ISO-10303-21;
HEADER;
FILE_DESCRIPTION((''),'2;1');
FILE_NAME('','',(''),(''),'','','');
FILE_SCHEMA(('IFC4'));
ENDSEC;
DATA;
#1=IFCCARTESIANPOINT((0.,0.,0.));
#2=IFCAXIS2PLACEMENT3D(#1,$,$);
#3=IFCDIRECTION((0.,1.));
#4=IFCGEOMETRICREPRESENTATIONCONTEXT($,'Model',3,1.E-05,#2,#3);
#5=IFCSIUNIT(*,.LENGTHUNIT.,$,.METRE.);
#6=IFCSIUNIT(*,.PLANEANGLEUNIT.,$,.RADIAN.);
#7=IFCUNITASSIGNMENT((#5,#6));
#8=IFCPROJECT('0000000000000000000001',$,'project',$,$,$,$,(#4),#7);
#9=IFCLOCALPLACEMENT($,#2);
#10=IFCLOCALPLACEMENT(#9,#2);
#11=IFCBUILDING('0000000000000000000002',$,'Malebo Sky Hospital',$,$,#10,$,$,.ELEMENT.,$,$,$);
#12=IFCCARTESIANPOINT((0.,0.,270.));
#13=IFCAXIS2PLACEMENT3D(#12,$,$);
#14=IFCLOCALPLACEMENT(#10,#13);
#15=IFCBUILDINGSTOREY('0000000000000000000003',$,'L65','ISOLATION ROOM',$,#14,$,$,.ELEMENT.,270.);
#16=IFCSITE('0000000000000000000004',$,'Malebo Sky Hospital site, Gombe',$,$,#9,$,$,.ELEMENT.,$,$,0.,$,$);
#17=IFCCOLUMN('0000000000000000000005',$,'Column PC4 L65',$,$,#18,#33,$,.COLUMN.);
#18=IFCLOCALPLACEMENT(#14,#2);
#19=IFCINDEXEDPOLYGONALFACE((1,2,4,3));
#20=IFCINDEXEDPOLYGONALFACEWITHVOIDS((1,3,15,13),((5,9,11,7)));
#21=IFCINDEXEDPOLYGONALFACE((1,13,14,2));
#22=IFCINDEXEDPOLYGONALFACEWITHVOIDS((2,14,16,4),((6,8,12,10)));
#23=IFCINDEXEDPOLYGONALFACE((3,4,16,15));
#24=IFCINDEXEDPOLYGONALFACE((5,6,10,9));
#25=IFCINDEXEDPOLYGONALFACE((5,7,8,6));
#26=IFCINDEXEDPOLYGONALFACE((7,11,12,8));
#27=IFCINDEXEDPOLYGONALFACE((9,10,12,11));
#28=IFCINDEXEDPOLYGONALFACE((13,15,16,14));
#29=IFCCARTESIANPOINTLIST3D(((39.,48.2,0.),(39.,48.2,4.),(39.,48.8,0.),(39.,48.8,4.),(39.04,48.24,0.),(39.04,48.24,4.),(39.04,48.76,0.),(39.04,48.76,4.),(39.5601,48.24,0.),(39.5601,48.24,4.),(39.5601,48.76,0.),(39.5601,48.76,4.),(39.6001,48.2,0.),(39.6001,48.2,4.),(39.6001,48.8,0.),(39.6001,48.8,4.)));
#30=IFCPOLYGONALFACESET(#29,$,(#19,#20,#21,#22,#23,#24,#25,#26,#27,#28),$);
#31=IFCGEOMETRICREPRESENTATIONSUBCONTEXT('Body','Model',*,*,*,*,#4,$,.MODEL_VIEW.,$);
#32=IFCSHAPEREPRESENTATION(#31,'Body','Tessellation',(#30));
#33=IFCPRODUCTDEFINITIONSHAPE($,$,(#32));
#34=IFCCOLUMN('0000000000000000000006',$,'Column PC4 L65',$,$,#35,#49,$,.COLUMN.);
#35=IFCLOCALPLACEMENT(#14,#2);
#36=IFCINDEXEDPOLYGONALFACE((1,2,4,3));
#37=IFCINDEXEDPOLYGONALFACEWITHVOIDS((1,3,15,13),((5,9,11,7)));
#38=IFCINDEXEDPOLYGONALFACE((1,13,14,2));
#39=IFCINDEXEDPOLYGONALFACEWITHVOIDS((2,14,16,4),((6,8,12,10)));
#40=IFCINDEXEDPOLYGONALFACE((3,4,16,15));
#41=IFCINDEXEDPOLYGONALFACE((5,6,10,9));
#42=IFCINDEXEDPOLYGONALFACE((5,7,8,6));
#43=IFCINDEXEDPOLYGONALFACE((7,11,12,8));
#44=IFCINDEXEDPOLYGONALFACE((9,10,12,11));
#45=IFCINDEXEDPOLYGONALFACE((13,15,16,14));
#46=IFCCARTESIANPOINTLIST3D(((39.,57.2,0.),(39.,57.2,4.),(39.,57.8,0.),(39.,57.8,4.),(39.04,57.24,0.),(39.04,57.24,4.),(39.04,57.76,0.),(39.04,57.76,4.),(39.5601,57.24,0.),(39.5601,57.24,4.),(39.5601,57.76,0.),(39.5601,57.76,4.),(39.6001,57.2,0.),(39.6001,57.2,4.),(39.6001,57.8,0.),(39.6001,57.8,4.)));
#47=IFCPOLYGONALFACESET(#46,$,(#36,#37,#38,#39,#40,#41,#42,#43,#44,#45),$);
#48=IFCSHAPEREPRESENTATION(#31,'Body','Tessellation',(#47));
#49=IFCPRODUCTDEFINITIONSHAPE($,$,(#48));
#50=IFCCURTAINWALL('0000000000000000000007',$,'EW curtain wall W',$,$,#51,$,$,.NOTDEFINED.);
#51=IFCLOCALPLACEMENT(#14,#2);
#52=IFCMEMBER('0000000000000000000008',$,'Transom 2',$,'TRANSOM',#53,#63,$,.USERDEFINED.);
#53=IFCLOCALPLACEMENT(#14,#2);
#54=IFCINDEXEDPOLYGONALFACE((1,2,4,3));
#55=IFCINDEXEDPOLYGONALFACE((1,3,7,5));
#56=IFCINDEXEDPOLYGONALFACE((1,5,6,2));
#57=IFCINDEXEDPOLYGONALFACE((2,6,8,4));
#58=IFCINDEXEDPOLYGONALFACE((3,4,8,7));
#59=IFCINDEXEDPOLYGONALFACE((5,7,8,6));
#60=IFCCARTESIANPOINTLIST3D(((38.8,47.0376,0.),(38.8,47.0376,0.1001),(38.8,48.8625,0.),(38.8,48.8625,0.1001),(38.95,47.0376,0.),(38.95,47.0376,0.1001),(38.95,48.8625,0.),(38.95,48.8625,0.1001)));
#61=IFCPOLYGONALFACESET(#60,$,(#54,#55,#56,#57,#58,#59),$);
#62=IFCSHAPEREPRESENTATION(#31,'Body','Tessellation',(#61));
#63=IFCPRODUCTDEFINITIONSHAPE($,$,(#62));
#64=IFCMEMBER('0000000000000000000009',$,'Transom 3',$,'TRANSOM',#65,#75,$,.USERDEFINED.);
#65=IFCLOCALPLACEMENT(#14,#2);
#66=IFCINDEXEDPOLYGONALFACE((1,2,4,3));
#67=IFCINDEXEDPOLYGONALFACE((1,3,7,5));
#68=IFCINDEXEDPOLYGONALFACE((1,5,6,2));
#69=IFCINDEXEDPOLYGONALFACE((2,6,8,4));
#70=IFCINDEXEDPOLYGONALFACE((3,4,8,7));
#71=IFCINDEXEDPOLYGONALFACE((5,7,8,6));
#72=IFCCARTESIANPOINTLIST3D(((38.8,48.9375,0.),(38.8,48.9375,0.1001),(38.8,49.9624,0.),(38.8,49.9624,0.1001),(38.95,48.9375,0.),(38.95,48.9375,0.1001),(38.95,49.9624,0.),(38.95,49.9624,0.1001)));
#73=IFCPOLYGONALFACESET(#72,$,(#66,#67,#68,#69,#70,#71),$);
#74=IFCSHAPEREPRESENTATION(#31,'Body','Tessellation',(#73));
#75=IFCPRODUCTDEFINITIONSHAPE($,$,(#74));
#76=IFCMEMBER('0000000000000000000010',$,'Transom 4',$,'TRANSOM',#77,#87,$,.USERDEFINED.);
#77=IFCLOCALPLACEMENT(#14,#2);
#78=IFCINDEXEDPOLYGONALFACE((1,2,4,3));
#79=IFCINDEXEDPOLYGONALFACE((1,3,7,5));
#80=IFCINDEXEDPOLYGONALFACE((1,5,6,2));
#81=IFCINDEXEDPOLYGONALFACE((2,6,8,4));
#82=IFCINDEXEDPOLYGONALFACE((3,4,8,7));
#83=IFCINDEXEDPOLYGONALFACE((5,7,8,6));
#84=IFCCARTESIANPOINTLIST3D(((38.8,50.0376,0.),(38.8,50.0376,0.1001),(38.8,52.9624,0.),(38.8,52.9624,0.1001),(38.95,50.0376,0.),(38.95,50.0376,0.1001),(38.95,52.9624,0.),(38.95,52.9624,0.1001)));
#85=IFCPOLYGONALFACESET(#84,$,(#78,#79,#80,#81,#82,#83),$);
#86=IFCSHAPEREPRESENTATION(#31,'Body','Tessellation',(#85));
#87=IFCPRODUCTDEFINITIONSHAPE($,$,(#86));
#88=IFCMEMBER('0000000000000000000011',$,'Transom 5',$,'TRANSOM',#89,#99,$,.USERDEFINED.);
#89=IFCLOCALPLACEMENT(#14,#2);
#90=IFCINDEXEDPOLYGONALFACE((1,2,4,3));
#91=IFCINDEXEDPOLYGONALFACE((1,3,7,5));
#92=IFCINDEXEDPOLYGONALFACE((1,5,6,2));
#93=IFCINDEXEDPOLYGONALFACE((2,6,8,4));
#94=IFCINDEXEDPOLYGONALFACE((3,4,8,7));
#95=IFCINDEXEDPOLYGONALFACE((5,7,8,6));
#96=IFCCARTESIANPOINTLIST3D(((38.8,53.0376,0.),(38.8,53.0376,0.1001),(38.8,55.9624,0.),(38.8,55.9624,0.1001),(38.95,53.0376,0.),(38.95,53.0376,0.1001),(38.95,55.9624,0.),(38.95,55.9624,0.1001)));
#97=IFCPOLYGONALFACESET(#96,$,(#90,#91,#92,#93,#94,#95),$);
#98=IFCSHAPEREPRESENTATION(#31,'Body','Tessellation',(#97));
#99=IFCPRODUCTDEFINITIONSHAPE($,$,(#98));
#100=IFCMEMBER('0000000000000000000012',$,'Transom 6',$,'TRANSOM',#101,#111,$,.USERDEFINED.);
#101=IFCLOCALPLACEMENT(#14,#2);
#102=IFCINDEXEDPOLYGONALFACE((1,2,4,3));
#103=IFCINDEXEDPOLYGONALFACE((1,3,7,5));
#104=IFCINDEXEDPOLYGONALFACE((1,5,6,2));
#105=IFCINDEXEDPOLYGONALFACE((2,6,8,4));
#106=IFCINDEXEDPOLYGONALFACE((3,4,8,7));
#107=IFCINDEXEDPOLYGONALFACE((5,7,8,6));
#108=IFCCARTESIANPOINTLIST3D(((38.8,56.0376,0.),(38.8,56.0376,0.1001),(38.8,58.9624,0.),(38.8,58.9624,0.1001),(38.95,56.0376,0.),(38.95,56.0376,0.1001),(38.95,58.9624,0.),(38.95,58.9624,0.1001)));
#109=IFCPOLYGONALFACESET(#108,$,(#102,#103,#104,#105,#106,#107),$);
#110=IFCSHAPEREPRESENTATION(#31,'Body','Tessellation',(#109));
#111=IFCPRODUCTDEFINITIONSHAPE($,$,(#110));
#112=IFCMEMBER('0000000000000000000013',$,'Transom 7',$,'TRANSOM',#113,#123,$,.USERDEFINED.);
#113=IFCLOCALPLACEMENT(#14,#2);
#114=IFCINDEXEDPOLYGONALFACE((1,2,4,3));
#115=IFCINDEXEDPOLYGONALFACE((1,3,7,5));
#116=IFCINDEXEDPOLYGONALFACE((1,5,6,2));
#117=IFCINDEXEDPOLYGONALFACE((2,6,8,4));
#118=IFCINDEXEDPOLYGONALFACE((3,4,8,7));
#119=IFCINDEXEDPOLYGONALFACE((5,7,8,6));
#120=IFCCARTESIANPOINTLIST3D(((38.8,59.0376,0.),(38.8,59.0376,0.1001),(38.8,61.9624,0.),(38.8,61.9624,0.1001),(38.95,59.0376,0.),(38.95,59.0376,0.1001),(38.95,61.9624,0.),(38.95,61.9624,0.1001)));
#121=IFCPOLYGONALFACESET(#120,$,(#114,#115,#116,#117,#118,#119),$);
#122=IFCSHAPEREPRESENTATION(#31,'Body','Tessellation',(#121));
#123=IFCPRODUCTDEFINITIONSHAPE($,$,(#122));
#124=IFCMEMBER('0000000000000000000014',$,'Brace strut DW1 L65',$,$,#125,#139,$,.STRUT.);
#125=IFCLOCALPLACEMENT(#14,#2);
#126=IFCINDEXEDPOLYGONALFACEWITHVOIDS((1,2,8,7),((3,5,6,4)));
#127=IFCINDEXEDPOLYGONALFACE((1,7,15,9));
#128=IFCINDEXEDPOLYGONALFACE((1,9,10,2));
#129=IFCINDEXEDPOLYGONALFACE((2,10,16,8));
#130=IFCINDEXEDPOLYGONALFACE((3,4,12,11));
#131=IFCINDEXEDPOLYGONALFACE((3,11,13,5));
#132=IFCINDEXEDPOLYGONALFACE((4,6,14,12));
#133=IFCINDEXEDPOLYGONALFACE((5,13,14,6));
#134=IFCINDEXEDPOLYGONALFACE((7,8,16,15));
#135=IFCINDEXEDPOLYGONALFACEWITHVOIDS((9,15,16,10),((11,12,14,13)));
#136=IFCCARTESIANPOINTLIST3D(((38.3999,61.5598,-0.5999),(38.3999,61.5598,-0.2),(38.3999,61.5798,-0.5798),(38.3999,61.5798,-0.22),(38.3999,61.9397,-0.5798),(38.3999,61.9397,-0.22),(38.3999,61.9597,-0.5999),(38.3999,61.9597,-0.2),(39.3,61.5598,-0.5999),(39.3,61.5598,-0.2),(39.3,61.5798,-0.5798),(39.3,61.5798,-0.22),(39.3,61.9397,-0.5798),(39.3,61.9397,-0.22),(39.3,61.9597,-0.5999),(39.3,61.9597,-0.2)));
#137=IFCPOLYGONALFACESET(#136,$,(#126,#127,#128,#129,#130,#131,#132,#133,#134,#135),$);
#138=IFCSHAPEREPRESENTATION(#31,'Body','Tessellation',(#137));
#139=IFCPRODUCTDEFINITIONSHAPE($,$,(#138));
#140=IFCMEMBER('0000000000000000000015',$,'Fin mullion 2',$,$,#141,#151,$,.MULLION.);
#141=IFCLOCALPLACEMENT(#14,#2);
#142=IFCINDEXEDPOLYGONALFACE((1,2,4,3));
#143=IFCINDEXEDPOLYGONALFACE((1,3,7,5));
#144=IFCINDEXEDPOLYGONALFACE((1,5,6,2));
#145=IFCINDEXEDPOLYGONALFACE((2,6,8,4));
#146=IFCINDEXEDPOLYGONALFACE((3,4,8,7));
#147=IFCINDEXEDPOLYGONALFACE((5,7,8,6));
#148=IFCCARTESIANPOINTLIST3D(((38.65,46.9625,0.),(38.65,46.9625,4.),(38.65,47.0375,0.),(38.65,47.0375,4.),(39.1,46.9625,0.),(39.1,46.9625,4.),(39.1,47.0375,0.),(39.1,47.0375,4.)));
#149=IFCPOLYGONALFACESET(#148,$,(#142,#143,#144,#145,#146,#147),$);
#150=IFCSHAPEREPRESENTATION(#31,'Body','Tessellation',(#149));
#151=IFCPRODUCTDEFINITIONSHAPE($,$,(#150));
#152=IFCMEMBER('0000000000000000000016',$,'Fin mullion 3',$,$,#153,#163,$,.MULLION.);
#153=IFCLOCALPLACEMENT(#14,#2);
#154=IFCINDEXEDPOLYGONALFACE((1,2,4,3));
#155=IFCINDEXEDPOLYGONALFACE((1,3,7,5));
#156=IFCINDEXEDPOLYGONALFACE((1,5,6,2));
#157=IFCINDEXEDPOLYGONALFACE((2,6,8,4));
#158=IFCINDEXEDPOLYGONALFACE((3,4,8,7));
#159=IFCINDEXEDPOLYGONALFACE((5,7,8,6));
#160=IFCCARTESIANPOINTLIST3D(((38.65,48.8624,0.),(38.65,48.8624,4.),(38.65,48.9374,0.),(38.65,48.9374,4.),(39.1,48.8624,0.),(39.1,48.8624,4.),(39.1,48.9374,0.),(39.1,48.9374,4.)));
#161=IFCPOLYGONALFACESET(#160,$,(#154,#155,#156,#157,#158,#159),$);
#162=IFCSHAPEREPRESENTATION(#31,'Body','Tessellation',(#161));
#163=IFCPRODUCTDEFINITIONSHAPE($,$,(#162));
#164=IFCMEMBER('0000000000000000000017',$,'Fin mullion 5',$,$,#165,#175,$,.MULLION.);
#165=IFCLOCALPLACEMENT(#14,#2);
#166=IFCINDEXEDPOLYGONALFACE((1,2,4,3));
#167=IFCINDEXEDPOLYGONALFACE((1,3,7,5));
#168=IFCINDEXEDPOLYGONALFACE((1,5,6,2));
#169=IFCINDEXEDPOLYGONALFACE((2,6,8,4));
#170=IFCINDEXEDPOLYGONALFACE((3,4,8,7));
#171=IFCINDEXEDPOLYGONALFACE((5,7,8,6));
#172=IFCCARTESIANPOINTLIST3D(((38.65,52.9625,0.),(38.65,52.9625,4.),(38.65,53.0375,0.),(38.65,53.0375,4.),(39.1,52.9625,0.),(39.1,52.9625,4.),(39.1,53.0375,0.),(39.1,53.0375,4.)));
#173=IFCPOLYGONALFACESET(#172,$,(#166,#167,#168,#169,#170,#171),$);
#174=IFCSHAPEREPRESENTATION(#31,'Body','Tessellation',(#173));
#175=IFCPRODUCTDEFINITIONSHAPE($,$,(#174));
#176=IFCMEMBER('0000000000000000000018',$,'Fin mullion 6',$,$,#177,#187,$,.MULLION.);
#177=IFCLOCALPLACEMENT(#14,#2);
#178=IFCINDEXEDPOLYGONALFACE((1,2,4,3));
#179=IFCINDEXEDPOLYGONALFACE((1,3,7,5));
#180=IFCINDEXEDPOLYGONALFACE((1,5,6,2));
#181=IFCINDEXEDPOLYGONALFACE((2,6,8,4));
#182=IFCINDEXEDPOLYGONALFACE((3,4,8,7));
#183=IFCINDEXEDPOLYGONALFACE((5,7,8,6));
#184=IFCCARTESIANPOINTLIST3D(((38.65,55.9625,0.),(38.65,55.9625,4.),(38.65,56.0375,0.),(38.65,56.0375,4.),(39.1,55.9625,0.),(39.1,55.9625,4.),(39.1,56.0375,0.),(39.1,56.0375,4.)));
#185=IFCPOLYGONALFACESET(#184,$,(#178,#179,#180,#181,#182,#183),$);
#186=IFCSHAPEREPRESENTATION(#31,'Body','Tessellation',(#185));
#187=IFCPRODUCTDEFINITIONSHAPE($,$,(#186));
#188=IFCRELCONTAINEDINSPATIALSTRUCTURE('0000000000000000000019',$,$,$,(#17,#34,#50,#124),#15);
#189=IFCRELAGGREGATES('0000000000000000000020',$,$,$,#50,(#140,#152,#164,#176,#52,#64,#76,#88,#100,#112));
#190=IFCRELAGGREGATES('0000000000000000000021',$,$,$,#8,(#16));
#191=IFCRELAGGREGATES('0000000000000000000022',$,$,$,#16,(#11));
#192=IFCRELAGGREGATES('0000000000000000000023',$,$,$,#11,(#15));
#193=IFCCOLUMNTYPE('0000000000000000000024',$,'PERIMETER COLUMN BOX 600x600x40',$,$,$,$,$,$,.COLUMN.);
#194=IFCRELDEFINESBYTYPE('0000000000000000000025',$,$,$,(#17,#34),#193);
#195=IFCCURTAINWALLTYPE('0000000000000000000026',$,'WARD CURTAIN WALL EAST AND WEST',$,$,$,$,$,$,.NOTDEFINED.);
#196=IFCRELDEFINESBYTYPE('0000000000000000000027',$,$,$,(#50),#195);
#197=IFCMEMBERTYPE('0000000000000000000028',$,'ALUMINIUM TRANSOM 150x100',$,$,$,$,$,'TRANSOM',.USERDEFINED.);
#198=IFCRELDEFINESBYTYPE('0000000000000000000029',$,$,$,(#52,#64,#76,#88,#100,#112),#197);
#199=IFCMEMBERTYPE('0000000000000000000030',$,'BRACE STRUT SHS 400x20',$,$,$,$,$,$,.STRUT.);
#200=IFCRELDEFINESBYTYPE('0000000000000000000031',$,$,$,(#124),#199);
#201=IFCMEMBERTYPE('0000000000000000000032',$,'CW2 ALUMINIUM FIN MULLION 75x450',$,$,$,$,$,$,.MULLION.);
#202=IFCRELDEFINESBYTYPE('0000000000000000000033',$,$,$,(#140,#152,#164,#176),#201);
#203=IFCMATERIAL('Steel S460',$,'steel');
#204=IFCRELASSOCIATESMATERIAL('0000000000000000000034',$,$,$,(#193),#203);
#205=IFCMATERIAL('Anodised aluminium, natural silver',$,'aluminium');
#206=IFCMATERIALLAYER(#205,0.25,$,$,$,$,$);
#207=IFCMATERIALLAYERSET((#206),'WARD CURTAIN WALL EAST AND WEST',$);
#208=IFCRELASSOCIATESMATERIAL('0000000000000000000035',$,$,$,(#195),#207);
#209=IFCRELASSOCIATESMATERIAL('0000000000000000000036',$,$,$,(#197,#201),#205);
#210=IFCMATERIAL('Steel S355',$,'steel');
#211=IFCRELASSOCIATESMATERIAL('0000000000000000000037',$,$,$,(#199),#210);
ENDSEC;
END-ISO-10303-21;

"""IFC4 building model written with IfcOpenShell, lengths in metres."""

from ifc_helpers import new_model, si_unit, direction, frame, origin, origin_2d, place, context, subcontext, project, spatial, rectangle, hollow_rectangle, extrude, material, layer, layer_set, material_profile, profile_set, type_object, element, aggregate, save


model = new_model("IFC4")

# Units and contexts
model_context = context("Model", 3, precision=1e-05, world=origin(), true_north=direction((0.0, 1.0)))
body_context = subcontext(model_context, "Body", "Model", "MODEL_VIEW")
ifc_project = project(units=[si_unit("LENGTHUNIT", "METRE"), si_unit("PLANEANGLEUNIT", "RADIAN")], contexts=[model_context])

# Site, building, storey
site_placement = place(None, origin())
site = spatial("IfcSite", under=ifc_project, at=site_placement, Name="Malebo Sky Hospital site, Gombe", CompositionType="ELEMENT", RefElevation=0.0)
building_placement = place(site_placement, origin())
building = spatial("IfcBuilding", under=site, at=building_placement, Name="Malebo Sky Hospital", CompositionType="ELEMENT")
storey_placement = place(building_placement, frame((0.0, 0.0, 270.0)))
storey = spatial("IfcBuildingStorey", under=building, at=storey_placement, Name="L65", Description="ISOLATION ROOM", CompositionType="ELEMENT", Elevation=270.0)

# Columns
ifc_material_1 = material(Name="Steel S460", Category="steel")
ifc_material_profile_1 = material_profile(ifc_material_1, hollow_rectangle(XDim=0.6001, YDim=0.6001, WallThickness=0.04, at=origin_2d()), Name="BOX 600x600x40")
ifc_profile_set_1 = profile_set([ifc_material_profile_1], Name="Steel S460")
column_type = type_object("IfcColumnType", Name="PERIMETER COLUMN BOX 600x600x40", PredefinedType="COLUMN", material=ifc_profile_set_1)
for number, where, z_axis, x_axis, name in (
    (1, (39.3, 48.5, 0.0), (0.0, 0.0, 1.0), (1.0, 0.0, 0.0), "Column PC4 L65"),
    (2, (39.3, 57.5, 0.0), (0.0, 0.0, 1.0), (1.0, 0.0, 0.0), "Column PC4 L65"),
):
    element("IfcColumn", number, at=place(storey_placement, frame(where, z_axis=z_axis, x_axis=x_axis)), inside=storey, type_object=column_type, Name=name, PredefinedType="COLUMN", context=body_context, shape_type="SweptSolid", body=[
        extrude(hollow_rectangle(XDim=0.6001, YDim=0.6001, WallThickness=0.04, at=origin_2d()), origin(), (0.0, 0.0, 1.0), 4.0),
    ])

# Curtain wall, members
ifc_material_2 = material(Name="Anodised aluminium, natural silver", Category="aluminium")
ifc_layer_1 = layer(ifc_material_2, 0.25)
ifc_layer_set_1 = layer_set([ifc_layer_1], Name="WARD CURTAIN WALL EAST AND WEST")
curtain_wall_type = type_object("IfcCurtainWallType", Name="WARD CURTAIN WALL EAST AND WEST", PredefinedType="NOTDEFINED", material=ifc_layer_set_1)
curtain_wall_placement = place(storey_placement, origin())
curtain_wall = element("IfcCurtainWall", 3, at=curtain_wall_placement, inside=storey, type_object=curtain_wall_type, Name="EW curtain wall W", PredefinedType="NOTDEFINED")
ifc_material_profile_2 = material_profile(ifc_material_2, rectangle(XDim=0.1499, YDim=0.1001, at=origin_2d()), Name="ALUMINIUM TRANSOM 150x100")
ifc_profile_set_2 = profile_set([ifc_material_profile_2], Name="Anodised aluminium, natural silver")
member_type_1 = type_object("IfcMemberType", Name="ALUMINIUM TRANSOM 150x100", ElementType="TRANSOM", PredefinedType="USERDEFINED", material=ifc_profile_set_2)
member_1_placement = place(storey_placement, frame((38.875, 47.0376, 0.05), z_axis=(0.0, 1.0, 0.0), x_axis=(-1.0, 0.0, 0.0)))
member_1 = element("IfcMember", 4, at=member_1_placement, type_object=member_type_1, Name="Transom 2", ObjectType="TRANSOM", PredefinedType="USERDEFINED", context=body_context, shape_type="SweptSolid", body=[
    extrude(rectangle(XDim=0.1499, YDim=0.1001, at=origin_2d()), origin(), (0.0, 0.0, 1.0), 1.825),
])
member_2_placement = place(storey_placement, frame((38.875, 48.9375, 0.05), z_axis=(0.0, 1.0, 0.0), x_axis=(-1.0, 0.0, 0.0)))
member_2 = element("IfcMember", 5, at=member_2_placement, type_object=member_type_1, Name="Transom 3", ObjectType="TRANSOM", PredefinedType="USERDEFINED", context=body_context, shape_type="SweptSolid", body=[
    extrude(rectangle(XDim=0.1499, YDim=0.1001, at=origin_2d()), origin(), (0.0, 0.0, 1.0), 1.0249),
])
member_3_placement = place(storey_placement, frame((38.875, 50.0376, 0.05), z_axis=(0.0, 1.0, 0.0), x_axis=(-1.0, 0.0, 0.0)))
member_3 = element("IfcMember", 6, at=member_3_placement, type_object=member_type_1, Name="Transom 4", ObjectType="TRANSOM", PredefinedType="USERDEFINED", context=body_context, shape_type="SweptSolid", body=[
    extrude(rectangle(XDim=0.1499, YDim=0.1001, at=origin_2d()), origin(), (0.0, 0.0, 1.0), 2.9248),
])
member_4_placement = place(storey_placement, frame((38.875, 53.0376, 0.05), z_axis=(0.0, 1.0, 0.0), x_axis=(-1.0, 0.0, 0.0)))
member_4 = element("IfcMember", 7, at=member_4_placement, type_object=member_type_1, Name="Transom 5", ObjectType="TRANSOM", PredefinedType="USERDEFINED", context=body_context, shape_type="SweptSolid", body=[
    extrude(rectangle(XDim=0.1499, YDim=0.1001, at=origin_2d()), origin(), (0.0, 0.0, 1.0), 2.9248),
])
member_5_placement = place(storey_placement, frame((38.875, 56.0376, 0.05), z_axis=(0.0, 1.0, 0.0), x_axis=(-1.0, 0.0, 0.0)))
member_5 = element("IfcMember", 8, at=member_5_placement, type_object=member_type_1, Name="Transom 6", ObjectType="TRANSOM", PredefinedType="USERDEFINED", context=body_context, shape_type="SweptSolid", body=[
    extrude(rectangle(XDim=0.1499, YDim=0.1001, at=origin_2d()), origin(), (0.0, 0.0, 1.0), 2.9248),
])
member_6_placement = place(storey_placement, frame((38.875, 59.0376, 0.05), z_axis=(0.0, 1.0, 0.0), x_axis=(-1.0, 0.0, 0.0)))
member_6 = element("IfcMember", 9, at=member_6_placement, type_object=member_type_1, Name="Transom 7", ObjectType="TRANSOM", PredefinedType="USERDEFINED", context=body_context, shape_type="SweptSolid", body=[
    extrude(rectangle(XDim=0.1499, YDim=0.1001, at=origin_2d()), origin(), (0.0, 0.0, 1.0), 2.9248),
])

# Members
ifc_material_3 = material(Name="Steel S355", Category="steel")
ifc_material_profile_3 = material_profile(ifc_material_3, hollow_rectangle(XDim=0.3999, YDim=0.3999, WallThickness=0.02, at=origin_2d()), Name="SHS 400x20")
ifc_profile_set_3 = profile_set([ifc_material_profile_3], Name="Steel S355")
member_type_2 = type_object("IfcMemberType", Name="BRACE STRUT SHS 400x20", PredefinedType="STRUT", material=ifc_profile_set_3)
member_7_placement = place(storey_placement, frame((38.3999, 61.7598, -0.3999), z_axis=(1.0, 0.0, 0.0), x_axis=(0.0, 1.0, 0.0)))
element("IfcMember", 10, at=member_7_placement, inside=storey, type_object=member_type_2, Name="Brace strut DW1 L65", PredefinedType="STRUT", context=body_context, shape_type="SweptSolid", body=[
    extrude(hollow_rectangle(XDim=0.3999, YDim=0.3999, WallThickness=0.02, at=origin_2d()), origin(), (0.0, 0.0, 1.0), 0.9001),
])
ifc_material_profile_4 = material_profile(ifc_material_2, rectangle(XDim=0.075, YDim=0.45, at=origin_2d()), Name="CW2 ALUMINIUM FIN MULLION 75x450")
ifc_profile_set_4 = profile_set([ifc_material_profile_4], Name="Anodised aluminium, natural silver")
member_type_3 = type_object("IfcMemberType", Name="CW2 ALUMINIUM FIN MULLION 75x450", PredefinedType="MULLION", material=ifc_profile_set_4)
member_8_placement = place(storey_placement, frame((38.875, 47.0, 0.0), z_axis=(0.0, 0.0, 1.0), x_axis=(0.0, 1.0, 0.0)))
member_8 = element("IfcMember", 11, at=member_8_placement, type_object=member_type_3, Name="Fin mullion 2", PredefinedType="MULLION", context=body_context, shape_type="SweptSolid", body=[
    extrude(rectangle(XDim=0.075, YDim=0.45, at=origin_2d()), origin(), (0.0, 0.0, 1.0), 4.0),
])
member_9_placement = place(storey_placement, frame((38.875, 48.8999, 0.0), z_axis=(0.0, 0.0, 1.0), x_axis=(0.0, 1.0, 0.0)))
member_9 = element("IfcMember", 12, at=member_9_placement, type_object=member_type_3, Name="Fin mullion 3", PredefinedType="MULLION", context=body_context, shape_type="SweptSolid", body=[
    extrude(rectangle(XDim=0.075, YDim=0.45, at=origin_2d()), origin(), (0.0, 0.0, 1.0), 4.0),
])
member_10_placement = place(storey_placement, frame((38.875, 53.0, 0.0), z_axis=(0.0, 0.0, 1.0), x_axis=(0.0, 1.0, 0.0)))
member_10 = element("IfcMember", 13, at=member_10_placement, type_object=member_type_3, Name="Fin mullion 5", PredefinedType="MULLION", context=body_context, shape_type="SweptSolid", body=[
    extrude(rectangle(XDim=0.075, YDim=0.45, at=origin_2d()), origin(), (0.0, 0.0, 1.0), 4.0),
])
member_11_placement = place(storey_placement, frame((38.875, 56.0, 0.0), z_axis=(0.0, 0.0, 1.0), x_axis=(0.0, 1.0, 0.0)))
member_11 = element("IfcMember", 14, at=member_11_placement, type_object=member_type_3, Name="Fin mullion 6", PredefinedType="MULLION", context=body_context, shape_type="SweptSolid", body=[
    extrude(rectangle(XDim=0.075, YDim=0.45, at=origin_2d()), origin(), (0.0, 0.0, 1.0), 4.0),
])

aggregate(curtain_wall, [member_8, member_9, member_10, member_11, member_1, member_2, member_3, member_4, member_5, member_6])

save(model, "model.ifc")
